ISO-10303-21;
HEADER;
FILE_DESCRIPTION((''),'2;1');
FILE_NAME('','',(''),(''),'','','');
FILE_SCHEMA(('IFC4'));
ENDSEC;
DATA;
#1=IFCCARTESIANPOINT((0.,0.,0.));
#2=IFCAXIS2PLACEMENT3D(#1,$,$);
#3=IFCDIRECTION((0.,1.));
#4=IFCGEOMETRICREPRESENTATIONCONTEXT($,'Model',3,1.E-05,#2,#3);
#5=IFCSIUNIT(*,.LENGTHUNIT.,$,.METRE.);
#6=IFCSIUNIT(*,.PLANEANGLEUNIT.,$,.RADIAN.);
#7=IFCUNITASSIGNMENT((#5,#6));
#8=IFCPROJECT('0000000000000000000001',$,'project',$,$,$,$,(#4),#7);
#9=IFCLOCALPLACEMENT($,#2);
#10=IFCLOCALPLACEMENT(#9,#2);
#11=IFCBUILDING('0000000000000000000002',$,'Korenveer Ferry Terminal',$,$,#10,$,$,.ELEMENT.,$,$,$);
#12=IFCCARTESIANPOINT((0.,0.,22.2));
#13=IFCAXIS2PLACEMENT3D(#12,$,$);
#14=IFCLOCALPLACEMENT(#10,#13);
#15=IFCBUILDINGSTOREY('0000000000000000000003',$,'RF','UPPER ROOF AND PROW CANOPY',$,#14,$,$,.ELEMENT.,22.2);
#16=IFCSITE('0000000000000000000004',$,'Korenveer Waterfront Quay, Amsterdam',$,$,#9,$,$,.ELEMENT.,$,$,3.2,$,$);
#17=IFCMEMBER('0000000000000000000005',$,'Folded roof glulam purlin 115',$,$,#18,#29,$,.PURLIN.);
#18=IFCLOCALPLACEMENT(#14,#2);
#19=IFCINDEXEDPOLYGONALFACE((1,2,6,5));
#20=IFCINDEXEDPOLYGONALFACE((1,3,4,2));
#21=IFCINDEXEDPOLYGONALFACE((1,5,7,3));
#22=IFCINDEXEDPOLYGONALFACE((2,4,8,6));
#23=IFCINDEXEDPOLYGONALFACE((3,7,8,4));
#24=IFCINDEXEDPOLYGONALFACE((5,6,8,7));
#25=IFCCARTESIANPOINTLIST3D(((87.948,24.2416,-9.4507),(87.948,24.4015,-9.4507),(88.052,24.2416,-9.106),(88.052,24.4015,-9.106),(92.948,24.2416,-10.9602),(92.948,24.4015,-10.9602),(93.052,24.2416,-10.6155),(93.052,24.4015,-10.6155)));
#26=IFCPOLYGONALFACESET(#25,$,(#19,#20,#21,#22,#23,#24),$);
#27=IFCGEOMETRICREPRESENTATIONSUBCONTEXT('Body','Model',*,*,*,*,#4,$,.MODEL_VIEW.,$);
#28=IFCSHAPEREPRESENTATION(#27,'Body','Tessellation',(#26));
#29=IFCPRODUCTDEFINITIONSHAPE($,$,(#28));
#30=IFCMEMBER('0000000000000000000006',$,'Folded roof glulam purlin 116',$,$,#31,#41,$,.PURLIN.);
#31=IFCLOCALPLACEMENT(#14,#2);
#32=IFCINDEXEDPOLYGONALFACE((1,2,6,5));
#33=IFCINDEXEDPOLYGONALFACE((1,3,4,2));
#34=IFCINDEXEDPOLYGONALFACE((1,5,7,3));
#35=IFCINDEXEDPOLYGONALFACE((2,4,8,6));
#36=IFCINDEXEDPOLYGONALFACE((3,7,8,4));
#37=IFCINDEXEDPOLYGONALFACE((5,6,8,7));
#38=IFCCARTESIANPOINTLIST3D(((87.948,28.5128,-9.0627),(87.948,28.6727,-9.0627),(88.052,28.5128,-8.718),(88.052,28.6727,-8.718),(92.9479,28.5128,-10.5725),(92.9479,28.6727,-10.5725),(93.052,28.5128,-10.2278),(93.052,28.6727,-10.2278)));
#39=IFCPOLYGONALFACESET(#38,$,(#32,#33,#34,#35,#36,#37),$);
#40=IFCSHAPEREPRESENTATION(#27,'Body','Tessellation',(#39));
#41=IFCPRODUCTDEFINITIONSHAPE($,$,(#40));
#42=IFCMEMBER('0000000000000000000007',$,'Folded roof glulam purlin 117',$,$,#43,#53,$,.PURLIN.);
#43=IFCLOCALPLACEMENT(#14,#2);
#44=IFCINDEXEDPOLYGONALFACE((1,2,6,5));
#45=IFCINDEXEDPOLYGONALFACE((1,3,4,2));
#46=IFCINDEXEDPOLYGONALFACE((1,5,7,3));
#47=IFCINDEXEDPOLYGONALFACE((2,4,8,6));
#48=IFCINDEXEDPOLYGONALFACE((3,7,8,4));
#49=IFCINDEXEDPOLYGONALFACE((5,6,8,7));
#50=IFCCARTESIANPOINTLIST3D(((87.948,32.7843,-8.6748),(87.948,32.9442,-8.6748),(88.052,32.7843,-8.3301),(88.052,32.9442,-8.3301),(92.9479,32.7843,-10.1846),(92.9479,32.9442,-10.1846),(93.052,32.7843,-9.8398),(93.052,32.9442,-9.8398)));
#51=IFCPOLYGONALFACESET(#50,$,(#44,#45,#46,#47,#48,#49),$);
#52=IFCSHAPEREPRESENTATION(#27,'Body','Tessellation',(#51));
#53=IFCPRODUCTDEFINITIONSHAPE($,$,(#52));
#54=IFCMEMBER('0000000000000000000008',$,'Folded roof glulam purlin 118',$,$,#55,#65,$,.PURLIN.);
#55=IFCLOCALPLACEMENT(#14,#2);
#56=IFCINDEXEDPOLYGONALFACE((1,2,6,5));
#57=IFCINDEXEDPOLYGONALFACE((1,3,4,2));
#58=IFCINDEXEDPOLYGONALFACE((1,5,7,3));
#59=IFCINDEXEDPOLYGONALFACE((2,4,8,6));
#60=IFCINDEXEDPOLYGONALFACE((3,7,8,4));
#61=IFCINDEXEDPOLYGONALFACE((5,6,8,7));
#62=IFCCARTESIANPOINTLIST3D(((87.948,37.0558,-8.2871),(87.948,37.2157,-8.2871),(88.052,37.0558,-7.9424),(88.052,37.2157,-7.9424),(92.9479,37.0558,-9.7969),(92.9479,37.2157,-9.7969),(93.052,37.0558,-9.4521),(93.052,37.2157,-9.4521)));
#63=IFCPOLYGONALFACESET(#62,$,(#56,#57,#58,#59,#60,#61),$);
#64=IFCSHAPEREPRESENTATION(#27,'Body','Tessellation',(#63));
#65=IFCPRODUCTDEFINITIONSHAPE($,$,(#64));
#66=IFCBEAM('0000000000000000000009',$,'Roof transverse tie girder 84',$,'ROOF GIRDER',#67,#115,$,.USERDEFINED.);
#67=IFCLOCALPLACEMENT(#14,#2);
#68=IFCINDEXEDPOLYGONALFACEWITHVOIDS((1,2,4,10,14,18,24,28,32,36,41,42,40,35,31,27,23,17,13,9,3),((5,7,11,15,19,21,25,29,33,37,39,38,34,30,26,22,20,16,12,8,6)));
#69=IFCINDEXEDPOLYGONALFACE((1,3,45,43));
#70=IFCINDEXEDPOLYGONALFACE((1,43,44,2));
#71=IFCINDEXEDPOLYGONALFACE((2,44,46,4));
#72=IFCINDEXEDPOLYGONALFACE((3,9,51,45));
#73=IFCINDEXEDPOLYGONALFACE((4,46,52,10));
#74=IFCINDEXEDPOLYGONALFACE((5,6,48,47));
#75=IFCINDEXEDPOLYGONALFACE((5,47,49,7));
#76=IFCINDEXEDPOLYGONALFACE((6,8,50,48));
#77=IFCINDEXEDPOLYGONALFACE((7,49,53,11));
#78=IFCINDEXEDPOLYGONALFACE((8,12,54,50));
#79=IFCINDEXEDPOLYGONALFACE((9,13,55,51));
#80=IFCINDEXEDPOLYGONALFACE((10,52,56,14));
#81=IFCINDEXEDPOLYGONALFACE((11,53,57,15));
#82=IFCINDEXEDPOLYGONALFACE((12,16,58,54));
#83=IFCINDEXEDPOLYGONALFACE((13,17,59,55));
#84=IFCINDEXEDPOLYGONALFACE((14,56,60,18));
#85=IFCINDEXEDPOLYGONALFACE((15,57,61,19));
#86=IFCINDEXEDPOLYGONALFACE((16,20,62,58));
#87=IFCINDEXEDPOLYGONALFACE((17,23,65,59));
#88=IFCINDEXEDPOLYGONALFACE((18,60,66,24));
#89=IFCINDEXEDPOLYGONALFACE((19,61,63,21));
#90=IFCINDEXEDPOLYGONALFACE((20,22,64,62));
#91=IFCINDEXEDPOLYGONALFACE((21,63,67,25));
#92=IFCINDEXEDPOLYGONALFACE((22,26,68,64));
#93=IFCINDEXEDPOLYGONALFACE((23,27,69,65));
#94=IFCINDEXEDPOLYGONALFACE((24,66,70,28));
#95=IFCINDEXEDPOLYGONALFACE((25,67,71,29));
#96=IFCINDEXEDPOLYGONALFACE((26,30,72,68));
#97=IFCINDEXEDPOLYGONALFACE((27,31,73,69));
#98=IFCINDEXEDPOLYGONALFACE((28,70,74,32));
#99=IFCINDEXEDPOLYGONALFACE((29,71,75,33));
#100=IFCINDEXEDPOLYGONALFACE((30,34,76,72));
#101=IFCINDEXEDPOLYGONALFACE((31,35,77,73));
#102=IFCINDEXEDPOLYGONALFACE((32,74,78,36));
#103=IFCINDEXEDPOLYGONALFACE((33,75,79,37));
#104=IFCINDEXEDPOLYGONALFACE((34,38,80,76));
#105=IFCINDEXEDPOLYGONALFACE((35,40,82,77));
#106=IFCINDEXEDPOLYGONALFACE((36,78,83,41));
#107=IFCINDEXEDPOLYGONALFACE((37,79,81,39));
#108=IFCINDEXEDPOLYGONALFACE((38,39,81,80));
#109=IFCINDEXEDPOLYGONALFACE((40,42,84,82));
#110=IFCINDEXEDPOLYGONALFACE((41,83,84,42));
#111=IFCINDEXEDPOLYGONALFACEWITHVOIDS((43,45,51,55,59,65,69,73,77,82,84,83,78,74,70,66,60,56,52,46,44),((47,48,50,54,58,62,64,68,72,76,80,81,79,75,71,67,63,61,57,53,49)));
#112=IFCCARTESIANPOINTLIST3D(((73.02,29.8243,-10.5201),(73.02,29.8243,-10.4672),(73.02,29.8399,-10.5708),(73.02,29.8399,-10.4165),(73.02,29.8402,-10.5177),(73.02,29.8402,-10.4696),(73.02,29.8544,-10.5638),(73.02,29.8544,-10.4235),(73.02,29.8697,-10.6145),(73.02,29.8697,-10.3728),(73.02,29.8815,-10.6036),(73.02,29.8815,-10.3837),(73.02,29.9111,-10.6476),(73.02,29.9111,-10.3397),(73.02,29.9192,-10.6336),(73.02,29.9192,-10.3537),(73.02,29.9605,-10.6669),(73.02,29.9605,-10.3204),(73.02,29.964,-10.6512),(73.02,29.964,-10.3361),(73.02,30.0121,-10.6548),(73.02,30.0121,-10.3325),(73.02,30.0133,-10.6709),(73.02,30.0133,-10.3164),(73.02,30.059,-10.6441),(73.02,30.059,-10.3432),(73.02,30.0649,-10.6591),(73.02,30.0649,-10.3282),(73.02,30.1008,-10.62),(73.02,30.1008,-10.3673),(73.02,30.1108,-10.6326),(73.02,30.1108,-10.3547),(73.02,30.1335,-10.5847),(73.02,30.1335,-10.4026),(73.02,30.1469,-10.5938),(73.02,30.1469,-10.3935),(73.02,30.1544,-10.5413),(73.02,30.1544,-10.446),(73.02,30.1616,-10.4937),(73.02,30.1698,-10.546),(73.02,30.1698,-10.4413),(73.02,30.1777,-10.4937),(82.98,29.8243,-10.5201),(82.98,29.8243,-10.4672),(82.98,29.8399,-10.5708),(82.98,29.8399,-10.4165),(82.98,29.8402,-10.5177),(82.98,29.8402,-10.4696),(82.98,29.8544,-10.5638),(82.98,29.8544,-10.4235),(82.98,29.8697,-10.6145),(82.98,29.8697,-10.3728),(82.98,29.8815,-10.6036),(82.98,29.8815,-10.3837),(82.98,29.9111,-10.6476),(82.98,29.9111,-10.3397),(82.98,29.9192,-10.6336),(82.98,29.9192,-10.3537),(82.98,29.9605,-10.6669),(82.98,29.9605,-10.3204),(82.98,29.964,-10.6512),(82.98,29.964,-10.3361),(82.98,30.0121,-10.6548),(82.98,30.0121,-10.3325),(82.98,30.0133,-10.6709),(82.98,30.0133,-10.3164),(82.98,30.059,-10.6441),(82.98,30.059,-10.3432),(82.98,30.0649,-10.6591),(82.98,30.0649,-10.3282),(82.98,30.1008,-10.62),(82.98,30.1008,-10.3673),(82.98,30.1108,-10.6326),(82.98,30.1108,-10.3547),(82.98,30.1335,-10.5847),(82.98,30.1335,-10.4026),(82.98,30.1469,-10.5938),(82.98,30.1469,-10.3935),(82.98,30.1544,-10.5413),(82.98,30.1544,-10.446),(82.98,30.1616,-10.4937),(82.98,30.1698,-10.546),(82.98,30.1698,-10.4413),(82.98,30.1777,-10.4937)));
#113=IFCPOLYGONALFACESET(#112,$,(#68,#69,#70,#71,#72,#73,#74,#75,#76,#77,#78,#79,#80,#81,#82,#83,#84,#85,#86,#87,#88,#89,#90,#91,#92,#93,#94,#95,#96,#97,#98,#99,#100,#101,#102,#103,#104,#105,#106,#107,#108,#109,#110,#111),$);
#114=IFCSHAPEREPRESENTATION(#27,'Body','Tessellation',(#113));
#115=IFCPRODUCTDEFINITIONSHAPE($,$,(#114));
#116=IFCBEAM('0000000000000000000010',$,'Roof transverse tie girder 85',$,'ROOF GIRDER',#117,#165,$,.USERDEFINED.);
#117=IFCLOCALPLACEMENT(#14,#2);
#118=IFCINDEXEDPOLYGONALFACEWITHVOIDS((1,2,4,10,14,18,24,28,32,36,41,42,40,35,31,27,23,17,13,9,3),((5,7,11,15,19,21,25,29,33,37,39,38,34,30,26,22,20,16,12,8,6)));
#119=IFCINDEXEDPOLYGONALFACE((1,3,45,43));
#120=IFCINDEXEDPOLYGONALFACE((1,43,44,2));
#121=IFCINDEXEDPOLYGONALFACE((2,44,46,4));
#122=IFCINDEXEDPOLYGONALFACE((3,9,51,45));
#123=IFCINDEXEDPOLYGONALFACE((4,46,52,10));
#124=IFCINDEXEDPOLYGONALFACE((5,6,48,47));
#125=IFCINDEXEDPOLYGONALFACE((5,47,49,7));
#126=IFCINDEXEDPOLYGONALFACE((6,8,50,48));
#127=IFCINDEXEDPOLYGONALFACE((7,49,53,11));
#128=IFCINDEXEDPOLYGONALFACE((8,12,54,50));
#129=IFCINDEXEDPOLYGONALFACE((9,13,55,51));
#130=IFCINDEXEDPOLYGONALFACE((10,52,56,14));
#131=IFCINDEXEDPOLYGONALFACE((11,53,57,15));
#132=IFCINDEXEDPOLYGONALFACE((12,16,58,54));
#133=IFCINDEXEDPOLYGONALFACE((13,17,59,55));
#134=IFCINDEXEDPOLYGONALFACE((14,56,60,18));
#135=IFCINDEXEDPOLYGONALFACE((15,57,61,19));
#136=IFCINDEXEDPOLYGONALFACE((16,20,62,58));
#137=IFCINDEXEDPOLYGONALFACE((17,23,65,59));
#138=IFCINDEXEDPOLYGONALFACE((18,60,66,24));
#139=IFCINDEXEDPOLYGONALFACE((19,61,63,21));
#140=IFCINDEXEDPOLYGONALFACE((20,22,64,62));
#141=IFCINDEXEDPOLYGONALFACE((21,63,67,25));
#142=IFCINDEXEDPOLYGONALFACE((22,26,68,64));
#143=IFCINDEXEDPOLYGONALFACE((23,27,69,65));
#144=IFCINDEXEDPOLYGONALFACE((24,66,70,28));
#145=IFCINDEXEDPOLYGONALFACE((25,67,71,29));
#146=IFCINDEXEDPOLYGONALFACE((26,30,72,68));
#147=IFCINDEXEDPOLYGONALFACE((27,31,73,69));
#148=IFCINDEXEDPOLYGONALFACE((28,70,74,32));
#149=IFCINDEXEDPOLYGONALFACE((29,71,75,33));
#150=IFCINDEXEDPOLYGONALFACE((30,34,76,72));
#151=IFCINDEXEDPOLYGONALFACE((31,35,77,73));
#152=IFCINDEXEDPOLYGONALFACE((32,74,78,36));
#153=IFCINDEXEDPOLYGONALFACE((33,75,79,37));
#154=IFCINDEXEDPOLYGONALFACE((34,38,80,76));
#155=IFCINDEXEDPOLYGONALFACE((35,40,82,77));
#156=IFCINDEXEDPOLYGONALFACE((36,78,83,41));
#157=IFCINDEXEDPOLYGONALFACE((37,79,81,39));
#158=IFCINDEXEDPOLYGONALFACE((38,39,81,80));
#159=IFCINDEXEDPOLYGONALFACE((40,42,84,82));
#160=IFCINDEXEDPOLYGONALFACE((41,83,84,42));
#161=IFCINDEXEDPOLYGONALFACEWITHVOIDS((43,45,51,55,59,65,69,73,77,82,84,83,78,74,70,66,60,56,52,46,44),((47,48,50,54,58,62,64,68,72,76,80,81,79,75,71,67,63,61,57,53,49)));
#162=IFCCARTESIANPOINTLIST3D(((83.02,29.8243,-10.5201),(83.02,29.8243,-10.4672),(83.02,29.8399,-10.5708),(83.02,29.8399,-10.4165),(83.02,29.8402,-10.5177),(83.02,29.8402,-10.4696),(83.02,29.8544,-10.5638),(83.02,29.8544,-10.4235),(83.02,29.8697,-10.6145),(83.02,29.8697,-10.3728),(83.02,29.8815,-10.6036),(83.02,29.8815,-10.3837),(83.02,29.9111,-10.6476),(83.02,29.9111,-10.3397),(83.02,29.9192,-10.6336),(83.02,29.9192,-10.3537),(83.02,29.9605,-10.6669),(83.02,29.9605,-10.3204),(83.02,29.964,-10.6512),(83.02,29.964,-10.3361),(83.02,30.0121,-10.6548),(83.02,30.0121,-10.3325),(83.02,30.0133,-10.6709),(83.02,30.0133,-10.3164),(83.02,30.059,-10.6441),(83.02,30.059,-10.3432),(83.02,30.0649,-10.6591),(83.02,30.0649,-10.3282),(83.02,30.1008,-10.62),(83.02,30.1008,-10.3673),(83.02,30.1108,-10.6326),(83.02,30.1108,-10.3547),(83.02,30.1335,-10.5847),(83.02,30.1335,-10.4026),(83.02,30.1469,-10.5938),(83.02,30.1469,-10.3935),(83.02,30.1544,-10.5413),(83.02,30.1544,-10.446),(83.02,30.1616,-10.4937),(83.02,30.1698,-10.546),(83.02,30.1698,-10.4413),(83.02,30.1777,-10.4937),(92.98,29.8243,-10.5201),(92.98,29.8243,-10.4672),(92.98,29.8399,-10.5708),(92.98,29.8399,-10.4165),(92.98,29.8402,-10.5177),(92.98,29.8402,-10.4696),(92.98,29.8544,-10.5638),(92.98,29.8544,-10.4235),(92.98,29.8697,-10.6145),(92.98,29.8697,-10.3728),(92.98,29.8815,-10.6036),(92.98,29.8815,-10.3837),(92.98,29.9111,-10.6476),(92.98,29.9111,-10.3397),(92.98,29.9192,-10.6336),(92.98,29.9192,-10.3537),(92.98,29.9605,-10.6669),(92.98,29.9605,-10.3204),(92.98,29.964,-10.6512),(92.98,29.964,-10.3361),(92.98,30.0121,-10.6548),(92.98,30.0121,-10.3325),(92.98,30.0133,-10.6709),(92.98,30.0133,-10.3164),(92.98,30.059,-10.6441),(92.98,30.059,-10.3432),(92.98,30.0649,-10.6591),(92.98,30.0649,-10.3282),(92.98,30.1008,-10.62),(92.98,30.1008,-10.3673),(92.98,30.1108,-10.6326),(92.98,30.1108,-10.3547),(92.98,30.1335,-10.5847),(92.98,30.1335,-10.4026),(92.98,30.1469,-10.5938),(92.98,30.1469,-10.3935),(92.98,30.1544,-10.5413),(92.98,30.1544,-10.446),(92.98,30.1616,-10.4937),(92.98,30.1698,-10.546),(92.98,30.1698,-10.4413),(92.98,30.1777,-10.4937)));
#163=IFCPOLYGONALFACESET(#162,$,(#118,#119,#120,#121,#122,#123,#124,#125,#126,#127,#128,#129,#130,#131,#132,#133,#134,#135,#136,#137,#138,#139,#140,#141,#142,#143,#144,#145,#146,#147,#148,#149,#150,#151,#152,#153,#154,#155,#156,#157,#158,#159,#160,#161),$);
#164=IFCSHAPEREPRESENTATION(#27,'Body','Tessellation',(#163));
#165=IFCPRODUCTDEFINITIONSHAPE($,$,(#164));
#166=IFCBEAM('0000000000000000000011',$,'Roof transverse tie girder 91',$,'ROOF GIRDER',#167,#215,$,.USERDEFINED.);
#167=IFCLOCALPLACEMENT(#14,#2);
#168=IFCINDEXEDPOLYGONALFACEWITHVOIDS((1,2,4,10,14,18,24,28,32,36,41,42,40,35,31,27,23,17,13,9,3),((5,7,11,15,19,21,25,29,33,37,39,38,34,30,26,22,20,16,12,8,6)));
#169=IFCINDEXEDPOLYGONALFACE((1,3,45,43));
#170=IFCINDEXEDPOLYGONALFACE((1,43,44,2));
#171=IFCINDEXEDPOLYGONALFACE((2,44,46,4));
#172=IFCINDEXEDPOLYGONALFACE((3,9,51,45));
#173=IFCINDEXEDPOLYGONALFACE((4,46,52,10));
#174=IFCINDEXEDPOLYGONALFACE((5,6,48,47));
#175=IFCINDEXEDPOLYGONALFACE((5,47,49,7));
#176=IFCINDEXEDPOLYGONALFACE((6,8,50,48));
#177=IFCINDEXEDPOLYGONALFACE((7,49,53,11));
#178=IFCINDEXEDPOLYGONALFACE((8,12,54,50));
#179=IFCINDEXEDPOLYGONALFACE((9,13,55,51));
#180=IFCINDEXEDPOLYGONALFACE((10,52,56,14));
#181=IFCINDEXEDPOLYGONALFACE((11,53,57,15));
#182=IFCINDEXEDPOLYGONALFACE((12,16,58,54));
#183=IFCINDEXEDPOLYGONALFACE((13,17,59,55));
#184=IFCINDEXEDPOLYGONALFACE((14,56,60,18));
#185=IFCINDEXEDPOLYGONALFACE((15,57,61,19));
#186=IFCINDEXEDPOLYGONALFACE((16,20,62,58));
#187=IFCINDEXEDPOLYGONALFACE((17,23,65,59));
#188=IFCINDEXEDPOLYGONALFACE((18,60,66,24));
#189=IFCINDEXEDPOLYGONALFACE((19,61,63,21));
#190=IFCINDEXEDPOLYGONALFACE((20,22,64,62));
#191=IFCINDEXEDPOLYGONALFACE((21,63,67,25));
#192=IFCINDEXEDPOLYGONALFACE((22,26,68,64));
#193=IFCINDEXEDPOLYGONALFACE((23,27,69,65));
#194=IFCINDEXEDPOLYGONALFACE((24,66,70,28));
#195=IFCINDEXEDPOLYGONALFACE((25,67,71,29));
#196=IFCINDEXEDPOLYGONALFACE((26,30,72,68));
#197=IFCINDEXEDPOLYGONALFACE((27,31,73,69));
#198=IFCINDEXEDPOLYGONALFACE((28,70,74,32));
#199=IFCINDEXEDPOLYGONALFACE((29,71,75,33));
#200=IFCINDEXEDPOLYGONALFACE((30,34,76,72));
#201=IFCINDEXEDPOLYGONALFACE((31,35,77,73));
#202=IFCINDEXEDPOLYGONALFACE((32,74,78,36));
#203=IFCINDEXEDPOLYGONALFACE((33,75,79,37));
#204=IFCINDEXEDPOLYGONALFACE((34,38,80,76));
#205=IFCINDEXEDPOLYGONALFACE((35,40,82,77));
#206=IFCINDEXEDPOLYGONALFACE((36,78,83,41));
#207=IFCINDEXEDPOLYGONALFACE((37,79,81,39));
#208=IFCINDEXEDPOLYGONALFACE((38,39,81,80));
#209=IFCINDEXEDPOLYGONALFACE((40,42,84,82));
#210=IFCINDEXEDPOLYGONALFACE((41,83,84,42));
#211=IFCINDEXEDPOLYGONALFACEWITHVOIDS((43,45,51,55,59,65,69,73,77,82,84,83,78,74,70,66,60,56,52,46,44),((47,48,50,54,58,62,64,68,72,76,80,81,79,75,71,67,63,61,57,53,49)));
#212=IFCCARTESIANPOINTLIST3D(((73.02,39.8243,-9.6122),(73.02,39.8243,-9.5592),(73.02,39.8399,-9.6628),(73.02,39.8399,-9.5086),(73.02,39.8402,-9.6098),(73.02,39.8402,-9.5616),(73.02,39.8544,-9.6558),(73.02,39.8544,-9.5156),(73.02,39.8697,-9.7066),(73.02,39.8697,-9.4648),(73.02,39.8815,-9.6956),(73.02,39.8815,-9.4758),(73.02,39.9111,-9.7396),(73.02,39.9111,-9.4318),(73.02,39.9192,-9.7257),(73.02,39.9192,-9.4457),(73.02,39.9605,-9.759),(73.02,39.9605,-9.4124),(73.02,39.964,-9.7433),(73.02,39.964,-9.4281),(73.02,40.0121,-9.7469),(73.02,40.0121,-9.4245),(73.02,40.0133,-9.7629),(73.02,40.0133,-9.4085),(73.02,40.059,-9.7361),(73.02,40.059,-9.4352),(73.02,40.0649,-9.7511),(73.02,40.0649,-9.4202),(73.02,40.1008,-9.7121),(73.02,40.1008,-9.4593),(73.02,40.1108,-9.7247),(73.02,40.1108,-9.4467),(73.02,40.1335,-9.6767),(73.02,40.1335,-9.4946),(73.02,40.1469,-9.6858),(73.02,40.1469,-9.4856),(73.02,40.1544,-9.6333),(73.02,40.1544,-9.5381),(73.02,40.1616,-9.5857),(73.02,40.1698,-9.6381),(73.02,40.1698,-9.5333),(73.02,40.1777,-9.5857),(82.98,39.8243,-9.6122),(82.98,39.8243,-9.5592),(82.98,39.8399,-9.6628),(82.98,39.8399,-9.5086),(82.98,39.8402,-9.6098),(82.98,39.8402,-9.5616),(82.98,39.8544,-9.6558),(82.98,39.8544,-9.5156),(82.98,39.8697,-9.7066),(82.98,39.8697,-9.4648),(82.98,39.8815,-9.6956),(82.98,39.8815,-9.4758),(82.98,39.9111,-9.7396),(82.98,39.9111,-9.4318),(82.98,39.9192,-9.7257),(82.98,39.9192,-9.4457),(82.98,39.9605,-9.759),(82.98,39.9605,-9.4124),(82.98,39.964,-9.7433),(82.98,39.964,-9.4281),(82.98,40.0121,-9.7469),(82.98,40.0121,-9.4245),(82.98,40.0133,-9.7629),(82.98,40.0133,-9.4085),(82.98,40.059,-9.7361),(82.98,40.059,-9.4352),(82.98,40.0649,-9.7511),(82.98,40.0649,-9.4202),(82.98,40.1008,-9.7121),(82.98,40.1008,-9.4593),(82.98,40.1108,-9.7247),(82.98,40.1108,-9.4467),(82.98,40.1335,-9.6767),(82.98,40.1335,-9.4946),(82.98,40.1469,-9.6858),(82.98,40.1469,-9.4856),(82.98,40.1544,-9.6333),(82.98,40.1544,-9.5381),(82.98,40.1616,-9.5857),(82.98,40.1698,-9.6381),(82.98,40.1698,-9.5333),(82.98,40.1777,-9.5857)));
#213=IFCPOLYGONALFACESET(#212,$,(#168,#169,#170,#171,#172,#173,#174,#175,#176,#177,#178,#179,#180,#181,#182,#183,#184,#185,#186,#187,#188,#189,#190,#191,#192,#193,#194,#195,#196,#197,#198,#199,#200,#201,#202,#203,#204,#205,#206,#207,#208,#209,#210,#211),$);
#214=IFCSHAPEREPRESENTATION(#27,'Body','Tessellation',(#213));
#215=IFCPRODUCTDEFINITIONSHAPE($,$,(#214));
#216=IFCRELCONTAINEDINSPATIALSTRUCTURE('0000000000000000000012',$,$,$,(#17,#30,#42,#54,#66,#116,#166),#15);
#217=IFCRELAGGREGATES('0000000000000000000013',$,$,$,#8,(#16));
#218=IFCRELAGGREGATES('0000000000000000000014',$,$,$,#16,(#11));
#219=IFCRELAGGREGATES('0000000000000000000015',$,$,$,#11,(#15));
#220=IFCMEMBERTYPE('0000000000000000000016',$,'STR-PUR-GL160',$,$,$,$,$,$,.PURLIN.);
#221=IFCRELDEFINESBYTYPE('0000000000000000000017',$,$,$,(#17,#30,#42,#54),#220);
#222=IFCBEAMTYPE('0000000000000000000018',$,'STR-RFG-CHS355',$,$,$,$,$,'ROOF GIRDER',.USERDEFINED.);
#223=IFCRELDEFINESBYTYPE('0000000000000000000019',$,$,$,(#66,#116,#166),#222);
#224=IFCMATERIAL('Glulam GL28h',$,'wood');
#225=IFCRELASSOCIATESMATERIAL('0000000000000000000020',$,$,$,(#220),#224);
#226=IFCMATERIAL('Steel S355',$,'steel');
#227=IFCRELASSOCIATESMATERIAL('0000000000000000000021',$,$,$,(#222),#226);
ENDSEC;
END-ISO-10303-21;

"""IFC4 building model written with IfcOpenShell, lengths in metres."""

from ifc_helpers import new_model, si_unit, direction, frame, origin, origin_2d, place, context, subcontext, project, spatial, rectangle, hollow_circle, extrude, material, material_profile, profile_set, type_object, element, save


model = new_model("IFC4")

# Units and contexts
model_context = context("Model", 3, precision=1e-05, world=origin(), true_north=direction((0.0, 1.0)))
body_context = subcontext(model_context, "Body", "Model", "MODEL_VIEW")
ifc_project = project(units=[si_unit("LENGTHUNIT", "METRE"), si_unit("PLANEANGLEUNIT", "RADIAN")], contexts=[model_context])

# Site, building, storey
site_placement = place(None, origin())
site = spatial("IfcSite", under=ifc_project, at=site_placement, Name="Korenveer Waterfront Quay, Amsterdam", CompositionType="ELEMENT", RefElevation=3.2)
building_placement = place(site_placement, origin())
building = spatial("IfcBuilding", under=site, at=building_placement, Name="Korenveer Ferry Terminal", CompositionType="ELEMENT")
storey_placement = place(building_placement, frame((0.0, 0.0, 22.2)))
storey = spatial("IfcBuildingStorey", under=building, at=storey_placement, Name="RF", Description="UPPER ROOF AND PROW CANOPY", CompositionType="ELEMENT", Elevation=22.2)

# Shared definitions
ifc_material_1 = material(Name="Steel S355", Category="steel")

# Members
ifc_material_2 = material(Name="Glulam GL28h", Category="wood")
ifc_material_profile_1 = material_profile(ifc_material_2, rectangle(XDim=0.1599, YDim=0.3601, at=origin_2d()), Name="GL 160x360")
ifc_profile_set_1 = profile_set([ifc_material_profile_1], Name="Glulam GL28h")
member_type = type_object("IfcMemberType", Name="STR-PUR-GL160", PredefinedType="PURLIN", material=ifc_profile_set_1)
for number, where, z_axis, x_axis, name in (
    (1, (88.0, 24.3215, -9.2783), (0.957323, 0.0, -0.28902), (0.0, 1.0, 0.0), "Folded roof glulam purlin 115"),
    (2, (88.0, 28.5928, -8.8904), (0.95731, 0.0, -0.289063), (0.0, 1.0, 0.0), "Folded roof glulam purlin 116"),
    (3, (88.0, 32.8643, -8.5024), (0.95731, 0.0, -0.289063), (0.0, 1.0, 0.0), "Folded roof glulam purlin 117"),
    (4, (88.0, 37.1357, -8.1147), (0.95731, 0.0, -0.289063), (0.0, 1.0, 0.0), "Folded roof glulam purlin 118"),
):
    element("IfcMember", number, at=place(storey_placement, frame(where, z_axis=z_axis, x_axis=x_axis)), inside=storey, type_object=member_type, Name=name, PredefinedType="PURLIN", context=body_context, shape_type="SweptSolid", body=[
        extrude(rectangle(XDim=0.1599, YDim=0.3601, at=origin_2d()), origin(), (0.0, 0.0, 1.0), 5.2229),
    ])

# Beams
ifc_material_profile_2 = material_profile(ifc_material_1, hollow_circle(Radius=0.1777, WallThickness=0.0161, at=origin_2d()), Name="CHS 355.6x16")
ifc_profile_set_2 = profile_set([ifc_material_profile_2], Name="Steel S355")
beam_type_1 = type_object("IfcBeamType", Name="STR-RFG-CHS355", ElementType="ROOF GIRDER", PredefinedType="USERDEFINED", material=ifc_profile_set_2)
for number, where, z_axis, x_axis, name in (
    (5, (73.02, 30.0, -10.4937), (1.0, 0.0, 0.0), (0.0, 1.0, 0.0), "Roof transverse tie girder 84"),
    (6, (83.02, 30.0, -10.4937), (1.0, 0.0, 0.0), (0.0, 1.0, 0.0), "Roof transverse tie girder 85"),
    (7, (73.02, 40.0, -9.5857), (1.0, 0.0, 0.0), (0.0, 1.0, 0.0), "Roof transverse tie girder 91"),
):
    element("IfcBeam", number, at=place(storey_placement, frame(where, z_axis=z_axis, x_axis=x_axis)), inside=storey, type_object=beam_type_1, Name=name, ObjectType="ROOF GIRDER", PredefinedType="USERDEFINED", context=body_context, shape_type="SweptSolid", body=[
        extrude(hollow_circle(Radius=0.1777, WallThickness=0.0161, at=origin_2d()), origin(), (0.0, 0.0, 1.0), 9.96),
    ])

save(model, "model.ifc")
